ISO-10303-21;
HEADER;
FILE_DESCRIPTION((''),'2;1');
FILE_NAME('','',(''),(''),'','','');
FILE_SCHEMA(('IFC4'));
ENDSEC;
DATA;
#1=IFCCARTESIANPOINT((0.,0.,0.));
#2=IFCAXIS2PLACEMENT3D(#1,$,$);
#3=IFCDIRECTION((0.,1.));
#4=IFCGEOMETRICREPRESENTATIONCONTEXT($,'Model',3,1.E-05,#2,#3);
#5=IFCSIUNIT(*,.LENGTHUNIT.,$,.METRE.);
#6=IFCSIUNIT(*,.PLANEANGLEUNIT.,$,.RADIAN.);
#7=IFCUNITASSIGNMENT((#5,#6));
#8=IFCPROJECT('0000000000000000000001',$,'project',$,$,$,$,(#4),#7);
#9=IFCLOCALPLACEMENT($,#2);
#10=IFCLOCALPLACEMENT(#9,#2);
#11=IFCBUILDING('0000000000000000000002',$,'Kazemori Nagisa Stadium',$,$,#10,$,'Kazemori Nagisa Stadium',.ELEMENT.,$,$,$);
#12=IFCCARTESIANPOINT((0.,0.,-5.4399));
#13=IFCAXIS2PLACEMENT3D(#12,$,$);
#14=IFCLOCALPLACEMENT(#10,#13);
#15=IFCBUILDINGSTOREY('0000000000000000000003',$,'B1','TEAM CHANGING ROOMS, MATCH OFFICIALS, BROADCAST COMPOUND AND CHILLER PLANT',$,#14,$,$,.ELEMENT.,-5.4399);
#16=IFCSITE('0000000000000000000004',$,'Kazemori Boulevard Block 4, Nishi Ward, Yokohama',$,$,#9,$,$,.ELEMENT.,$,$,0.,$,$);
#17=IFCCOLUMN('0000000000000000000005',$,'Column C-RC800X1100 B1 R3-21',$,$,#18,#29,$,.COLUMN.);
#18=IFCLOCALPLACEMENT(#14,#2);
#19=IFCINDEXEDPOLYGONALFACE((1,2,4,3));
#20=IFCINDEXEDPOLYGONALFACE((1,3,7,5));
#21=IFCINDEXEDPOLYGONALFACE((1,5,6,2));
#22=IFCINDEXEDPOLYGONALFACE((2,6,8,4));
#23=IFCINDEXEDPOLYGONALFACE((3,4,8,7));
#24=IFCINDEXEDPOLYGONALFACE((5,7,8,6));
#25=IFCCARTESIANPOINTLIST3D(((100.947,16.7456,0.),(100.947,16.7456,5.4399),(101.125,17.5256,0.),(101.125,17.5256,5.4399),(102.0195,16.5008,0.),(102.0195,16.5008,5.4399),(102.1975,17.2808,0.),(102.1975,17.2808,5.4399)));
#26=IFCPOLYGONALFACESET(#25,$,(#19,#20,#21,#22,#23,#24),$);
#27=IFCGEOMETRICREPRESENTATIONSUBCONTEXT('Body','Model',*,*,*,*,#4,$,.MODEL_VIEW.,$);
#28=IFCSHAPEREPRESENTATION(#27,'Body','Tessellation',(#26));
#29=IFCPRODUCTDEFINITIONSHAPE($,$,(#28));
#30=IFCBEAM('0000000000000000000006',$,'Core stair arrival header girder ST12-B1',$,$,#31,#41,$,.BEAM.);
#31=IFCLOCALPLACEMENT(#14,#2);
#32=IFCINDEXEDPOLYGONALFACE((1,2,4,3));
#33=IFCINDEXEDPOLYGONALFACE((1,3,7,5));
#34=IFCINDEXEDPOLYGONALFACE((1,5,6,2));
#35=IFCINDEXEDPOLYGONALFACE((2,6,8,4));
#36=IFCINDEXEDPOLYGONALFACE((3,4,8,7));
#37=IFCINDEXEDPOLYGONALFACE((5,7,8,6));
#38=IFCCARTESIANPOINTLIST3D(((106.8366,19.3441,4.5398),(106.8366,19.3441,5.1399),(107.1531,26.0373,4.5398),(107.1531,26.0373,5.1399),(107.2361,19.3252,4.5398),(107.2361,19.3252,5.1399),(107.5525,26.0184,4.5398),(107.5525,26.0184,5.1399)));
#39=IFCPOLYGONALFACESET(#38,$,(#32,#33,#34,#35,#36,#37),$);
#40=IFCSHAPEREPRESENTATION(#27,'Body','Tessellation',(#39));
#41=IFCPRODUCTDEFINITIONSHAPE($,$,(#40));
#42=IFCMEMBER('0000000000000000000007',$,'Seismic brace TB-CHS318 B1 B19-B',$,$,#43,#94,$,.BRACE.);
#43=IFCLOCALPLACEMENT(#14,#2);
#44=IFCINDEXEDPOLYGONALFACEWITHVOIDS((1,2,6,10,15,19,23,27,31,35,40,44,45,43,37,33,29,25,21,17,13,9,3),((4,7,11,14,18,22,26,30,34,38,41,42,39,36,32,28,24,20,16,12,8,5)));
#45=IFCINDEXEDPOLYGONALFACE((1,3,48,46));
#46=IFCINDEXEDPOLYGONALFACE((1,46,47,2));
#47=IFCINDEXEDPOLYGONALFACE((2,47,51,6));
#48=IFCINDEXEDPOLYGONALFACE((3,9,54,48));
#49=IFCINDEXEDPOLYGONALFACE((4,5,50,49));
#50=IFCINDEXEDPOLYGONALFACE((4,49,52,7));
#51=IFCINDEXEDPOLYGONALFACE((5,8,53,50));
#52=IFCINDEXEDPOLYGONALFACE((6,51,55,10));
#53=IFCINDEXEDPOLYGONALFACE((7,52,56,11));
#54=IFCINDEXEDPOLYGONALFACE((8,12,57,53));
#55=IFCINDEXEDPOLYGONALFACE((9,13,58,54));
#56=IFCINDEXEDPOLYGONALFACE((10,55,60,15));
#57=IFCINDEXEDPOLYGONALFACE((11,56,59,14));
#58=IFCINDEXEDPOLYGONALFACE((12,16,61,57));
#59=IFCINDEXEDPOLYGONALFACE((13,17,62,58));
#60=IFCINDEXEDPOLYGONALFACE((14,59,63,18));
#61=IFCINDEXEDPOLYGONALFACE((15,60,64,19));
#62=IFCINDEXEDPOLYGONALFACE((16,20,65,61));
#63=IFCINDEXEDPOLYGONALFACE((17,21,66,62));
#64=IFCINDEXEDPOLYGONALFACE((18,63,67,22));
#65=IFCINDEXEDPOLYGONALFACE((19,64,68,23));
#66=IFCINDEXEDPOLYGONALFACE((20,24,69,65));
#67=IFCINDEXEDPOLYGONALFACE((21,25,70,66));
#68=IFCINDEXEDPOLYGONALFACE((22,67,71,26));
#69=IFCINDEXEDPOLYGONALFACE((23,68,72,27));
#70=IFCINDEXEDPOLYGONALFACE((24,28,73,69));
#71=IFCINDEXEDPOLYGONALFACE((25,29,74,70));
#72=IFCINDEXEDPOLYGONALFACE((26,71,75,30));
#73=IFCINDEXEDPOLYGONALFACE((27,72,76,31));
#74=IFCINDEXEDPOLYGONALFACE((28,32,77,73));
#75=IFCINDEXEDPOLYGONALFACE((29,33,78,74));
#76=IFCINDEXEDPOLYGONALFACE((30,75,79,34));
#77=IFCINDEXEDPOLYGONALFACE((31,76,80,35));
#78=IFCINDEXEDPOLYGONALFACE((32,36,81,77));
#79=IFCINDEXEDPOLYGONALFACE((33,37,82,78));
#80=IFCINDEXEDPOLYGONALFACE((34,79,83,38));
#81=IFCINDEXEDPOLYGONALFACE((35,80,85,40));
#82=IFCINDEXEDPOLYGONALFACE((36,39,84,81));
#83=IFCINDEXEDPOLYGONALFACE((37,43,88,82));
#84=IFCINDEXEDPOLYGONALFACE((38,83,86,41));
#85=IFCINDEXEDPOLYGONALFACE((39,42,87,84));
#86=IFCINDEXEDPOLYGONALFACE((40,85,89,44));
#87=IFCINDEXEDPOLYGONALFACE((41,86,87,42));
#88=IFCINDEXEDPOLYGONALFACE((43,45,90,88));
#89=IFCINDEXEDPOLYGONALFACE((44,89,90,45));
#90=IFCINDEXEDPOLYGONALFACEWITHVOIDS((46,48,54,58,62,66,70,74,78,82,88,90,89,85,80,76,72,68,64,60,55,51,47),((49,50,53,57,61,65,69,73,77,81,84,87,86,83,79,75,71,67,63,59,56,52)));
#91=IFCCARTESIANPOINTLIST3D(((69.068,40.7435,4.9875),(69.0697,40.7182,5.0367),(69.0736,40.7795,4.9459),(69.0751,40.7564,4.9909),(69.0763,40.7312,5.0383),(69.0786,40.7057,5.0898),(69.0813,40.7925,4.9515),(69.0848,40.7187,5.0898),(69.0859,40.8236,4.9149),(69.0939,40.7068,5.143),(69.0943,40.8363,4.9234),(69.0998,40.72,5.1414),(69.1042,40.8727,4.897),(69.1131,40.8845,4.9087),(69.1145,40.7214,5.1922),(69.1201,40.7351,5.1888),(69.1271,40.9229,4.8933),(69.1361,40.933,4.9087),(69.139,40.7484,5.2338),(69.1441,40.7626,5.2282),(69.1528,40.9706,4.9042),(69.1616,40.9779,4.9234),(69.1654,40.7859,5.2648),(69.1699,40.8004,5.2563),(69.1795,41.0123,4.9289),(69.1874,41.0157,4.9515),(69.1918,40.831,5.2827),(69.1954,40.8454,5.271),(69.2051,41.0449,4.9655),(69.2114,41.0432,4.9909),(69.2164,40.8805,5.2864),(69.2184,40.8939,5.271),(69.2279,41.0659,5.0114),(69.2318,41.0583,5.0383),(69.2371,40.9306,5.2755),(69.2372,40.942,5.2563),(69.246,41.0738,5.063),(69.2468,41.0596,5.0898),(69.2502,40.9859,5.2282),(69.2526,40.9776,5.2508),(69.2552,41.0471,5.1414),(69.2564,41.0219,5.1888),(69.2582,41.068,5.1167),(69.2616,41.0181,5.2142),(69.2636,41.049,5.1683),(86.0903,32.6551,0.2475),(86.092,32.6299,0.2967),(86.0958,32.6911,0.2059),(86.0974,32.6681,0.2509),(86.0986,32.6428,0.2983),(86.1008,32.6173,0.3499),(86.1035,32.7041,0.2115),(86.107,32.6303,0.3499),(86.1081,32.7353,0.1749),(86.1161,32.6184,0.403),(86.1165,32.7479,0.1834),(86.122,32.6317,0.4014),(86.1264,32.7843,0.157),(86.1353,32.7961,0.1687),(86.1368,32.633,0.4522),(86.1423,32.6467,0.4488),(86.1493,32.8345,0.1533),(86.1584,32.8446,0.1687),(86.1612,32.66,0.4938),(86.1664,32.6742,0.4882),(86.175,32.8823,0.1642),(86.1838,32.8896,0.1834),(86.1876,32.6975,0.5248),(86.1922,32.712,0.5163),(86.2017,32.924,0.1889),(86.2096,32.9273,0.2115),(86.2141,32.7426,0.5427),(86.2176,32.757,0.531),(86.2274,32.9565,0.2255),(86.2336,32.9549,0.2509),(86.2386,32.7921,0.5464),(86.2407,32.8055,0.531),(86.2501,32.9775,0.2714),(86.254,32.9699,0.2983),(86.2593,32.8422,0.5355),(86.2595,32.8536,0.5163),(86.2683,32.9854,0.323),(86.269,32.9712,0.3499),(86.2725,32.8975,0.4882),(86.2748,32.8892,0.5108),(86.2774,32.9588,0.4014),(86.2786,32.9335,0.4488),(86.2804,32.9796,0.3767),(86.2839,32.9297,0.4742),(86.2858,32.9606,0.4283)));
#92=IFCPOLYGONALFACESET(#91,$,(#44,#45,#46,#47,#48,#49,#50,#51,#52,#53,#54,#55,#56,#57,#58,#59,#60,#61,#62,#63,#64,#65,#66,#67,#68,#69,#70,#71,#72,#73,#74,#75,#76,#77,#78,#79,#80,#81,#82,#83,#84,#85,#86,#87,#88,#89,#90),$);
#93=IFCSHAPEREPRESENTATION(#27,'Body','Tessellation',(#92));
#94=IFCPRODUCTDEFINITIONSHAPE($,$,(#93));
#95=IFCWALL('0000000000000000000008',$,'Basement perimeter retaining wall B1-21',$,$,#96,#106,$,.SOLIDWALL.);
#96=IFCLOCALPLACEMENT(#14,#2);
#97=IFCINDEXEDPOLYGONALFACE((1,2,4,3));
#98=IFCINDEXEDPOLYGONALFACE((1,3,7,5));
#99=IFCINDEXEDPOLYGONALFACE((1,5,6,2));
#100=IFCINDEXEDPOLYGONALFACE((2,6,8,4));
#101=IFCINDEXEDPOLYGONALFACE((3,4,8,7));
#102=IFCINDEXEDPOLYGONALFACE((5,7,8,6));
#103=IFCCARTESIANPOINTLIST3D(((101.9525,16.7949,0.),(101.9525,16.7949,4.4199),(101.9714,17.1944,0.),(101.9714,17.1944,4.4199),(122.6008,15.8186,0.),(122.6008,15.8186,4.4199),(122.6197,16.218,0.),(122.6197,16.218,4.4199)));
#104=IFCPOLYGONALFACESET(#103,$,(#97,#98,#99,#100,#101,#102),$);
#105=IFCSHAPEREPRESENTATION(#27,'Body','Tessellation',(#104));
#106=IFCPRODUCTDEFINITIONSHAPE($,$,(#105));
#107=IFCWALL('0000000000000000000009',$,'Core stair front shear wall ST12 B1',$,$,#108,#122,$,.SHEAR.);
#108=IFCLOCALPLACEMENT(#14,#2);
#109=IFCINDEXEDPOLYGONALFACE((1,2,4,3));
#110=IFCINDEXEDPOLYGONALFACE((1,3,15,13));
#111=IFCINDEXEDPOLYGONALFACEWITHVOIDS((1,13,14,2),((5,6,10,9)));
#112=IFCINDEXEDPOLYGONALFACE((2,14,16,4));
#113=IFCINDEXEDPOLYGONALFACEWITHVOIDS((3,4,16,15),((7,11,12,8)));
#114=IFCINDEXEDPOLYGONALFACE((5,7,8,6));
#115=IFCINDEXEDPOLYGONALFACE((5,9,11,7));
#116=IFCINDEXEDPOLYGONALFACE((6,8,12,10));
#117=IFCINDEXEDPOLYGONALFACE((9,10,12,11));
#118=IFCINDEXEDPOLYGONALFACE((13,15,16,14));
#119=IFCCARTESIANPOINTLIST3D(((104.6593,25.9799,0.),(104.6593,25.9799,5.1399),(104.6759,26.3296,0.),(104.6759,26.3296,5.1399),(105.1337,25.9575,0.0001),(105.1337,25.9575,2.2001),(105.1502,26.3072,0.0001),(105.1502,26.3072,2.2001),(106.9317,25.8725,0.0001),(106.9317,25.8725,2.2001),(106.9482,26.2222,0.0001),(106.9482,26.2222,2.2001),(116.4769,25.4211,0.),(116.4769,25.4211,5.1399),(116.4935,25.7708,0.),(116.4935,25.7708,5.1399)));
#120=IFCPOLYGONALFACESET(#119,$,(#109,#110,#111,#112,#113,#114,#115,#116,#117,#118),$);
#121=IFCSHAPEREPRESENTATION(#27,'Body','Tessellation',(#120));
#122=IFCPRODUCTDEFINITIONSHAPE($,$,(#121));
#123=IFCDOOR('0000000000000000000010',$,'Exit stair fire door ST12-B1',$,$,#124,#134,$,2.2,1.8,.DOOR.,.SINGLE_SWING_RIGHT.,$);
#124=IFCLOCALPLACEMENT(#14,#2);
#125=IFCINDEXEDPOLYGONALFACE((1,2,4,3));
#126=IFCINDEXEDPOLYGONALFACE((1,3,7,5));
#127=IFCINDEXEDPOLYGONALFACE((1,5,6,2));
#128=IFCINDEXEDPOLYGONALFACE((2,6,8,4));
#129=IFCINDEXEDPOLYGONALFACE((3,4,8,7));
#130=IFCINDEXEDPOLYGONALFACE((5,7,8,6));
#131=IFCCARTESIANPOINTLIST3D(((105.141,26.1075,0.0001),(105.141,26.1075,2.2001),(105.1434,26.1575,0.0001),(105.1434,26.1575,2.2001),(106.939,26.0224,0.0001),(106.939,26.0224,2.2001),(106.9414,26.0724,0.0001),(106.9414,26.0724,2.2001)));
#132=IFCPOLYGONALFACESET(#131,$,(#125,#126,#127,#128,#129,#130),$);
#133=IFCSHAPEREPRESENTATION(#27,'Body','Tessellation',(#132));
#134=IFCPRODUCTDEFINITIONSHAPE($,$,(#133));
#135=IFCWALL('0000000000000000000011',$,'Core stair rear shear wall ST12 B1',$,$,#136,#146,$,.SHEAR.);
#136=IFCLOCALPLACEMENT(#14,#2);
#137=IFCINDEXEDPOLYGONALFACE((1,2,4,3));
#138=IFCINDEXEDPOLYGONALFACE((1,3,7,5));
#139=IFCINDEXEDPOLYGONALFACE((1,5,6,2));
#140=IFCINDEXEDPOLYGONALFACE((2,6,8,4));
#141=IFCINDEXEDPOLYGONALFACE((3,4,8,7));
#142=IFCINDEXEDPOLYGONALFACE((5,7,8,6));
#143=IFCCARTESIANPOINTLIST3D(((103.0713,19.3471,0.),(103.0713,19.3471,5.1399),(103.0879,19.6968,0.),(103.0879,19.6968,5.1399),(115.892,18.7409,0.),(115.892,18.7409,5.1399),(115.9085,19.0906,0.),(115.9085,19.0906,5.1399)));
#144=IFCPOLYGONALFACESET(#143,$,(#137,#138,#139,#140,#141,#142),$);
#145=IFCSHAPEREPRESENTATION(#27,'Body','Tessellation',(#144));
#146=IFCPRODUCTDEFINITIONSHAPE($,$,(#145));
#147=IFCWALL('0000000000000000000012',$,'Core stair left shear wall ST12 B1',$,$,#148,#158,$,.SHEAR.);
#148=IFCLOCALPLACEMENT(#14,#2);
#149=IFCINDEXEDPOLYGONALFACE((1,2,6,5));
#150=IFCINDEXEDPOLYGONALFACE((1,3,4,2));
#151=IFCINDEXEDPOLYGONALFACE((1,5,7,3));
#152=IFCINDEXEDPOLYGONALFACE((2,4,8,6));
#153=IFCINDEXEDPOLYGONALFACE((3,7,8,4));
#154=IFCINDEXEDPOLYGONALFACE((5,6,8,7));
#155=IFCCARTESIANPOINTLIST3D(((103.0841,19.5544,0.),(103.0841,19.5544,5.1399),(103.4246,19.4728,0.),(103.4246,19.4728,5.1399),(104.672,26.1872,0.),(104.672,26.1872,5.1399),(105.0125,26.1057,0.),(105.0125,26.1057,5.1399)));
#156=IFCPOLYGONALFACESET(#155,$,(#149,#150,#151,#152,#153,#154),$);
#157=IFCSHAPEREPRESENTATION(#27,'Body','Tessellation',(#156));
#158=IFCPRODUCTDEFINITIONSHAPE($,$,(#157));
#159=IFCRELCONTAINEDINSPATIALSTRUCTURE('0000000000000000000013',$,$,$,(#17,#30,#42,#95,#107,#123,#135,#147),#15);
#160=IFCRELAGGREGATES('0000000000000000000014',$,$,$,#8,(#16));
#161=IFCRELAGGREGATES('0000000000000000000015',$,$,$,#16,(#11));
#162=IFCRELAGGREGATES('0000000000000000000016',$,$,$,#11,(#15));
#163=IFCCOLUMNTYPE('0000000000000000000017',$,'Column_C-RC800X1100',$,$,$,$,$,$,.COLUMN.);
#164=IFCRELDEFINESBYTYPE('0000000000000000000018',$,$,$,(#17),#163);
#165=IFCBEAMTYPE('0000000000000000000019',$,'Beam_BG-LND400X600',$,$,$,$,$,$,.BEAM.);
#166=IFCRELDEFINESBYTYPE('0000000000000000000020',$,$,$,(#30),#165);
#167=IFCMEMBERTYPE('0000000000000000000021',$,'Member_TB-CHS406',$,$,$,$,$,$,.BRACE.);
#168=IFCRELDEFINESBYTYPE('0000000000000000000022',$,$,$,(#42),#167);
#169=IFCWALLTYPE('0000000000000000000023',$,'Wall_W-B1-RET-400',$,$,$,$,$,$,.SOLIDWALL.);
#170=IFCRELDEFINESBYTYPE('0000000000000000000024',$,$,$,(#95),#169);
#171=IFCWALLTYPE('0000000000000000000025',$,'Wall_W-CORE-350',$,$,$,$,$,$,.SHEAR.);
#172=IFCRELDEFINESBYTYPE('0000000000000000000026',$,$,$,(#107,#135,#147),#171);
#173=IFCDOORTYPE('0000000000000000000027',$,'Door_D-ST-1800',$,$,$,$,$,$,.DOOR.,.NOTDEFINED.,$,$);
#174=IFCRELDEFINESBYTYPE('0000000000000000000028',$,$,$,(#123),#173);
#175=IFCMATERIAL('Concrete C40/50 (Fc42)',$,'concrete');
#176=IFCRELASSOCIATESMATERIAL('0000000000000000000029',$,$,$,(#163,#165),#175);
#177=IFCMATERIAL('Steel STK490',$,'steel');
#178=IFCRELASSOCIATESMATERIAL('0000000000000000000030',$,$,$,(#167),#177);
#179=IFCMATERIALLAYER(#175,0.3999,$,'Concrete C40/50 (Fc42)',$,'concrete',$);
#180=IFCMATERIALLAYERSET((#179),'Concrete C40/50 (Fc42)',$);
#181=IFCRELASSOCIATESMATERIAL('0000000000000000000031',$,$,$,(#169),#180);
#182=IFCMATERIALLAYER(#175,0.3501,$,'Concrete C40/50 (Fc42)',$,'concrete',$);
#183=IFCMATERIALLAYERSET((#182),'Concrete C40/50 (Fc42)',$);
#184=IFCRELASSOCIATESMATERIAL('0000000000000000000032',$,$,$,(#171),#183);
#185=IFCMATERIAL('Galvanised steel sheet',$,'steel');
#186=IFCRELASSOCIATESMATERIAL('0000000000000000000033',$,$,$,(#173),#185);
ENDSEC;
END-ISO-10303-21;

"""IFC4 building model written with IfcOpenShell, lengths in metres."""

from ifc_helpers import new_model, si_unit, direction, frame, frame_2d, origin, origin_2d, place, context, subcontext, project, spatial, rectangle, hollow_circle, extrude, material, layer, layer_set, material_profile, profile_set, type_object, element, fill, save


model = new_model("IFC4")

# Units and contexts
model_context = context("Model", 3, precision=1e-05, world=origin(), true_north=direction((0.0, 1.0)))
body_context = subcontext(model_context, "Body", "Model", "MODEL_VIEW")
ifc_project = project(units=[si_unit("LENGTHUNIT", "METRE"), si_unit("PLANEANGLEUNIT", "RADIAN")], contexts=[model_context])

# Site, building, storey
site_placement = place(None, origin())
site = spatial("IfcSite", under=ifc_project, at=site_placement, Name="Kazemori Boulevard Block 4, Nishi Ward, Yokohama", CompositionType="ELEMENT", RefElevation=0.0)
building_placement = place(site_placement, origin())
building = spatial("IfcBuilding", under=site, at=building_placement, Name="Kazemori Nagisa Stadium", LongName="Kazemori Nagisa Stadium", CompositionType="ELEMENT")
storey_placement = place(building_placement, frame((0.0, 0.0, -5.4399)))
storey = spatial("IfcBuildingStorey", under=building, at=storey_placement, Name="B1", Description="TEAM CHANGING ROOMS, MATCH OFFICIALS, BROADCAST COMPOUND AND CHILLER PLANT", CompositionType="ELEMENT", Elevation=-5.4399)

# Shared definitions
ifc_material_1 = material(Name="Concrete C40/50 (Fc42)", Category="concrete")

# Column
ifc_material_profile_1 = material_profile(ifc_material_1, rectangle(XDim=0.8, YDim=1.1001, at=origin_2d()), Name="RC-COL-800x1100")
ifc_profile_set_1 = profile_set([ifc_material_profile_1], Name="Concrete C40/50 (Fc42)")
column_type_1 = type_object("IfcColumnType", Name="Column_C-RC800X1100", PredefinedType="COLUMN", material=ifc_profile_set_1)
column_1_placement = place(storey_placement, frame((101.5723, 17.0132, 0.0), z_axis=(0.0, 0.0, 1.0), x_axis=(-0.222521, -0.974928, 0.0)))
element("IfcColumn", 1, at=column_1_placement, inside=storey, type_object=column_type_1, Name="Column C-RC800X1100 B1 R3-21", PredefinedType="COLUMN", context=body_context, shape_type="SweptSolid", body=[
    extrude(rectangle(XDim=0.8, YDim=1.1001, at=origin_2d()), origin(), (0.0, 0.0, 1.0), 5.4399),
])

# Beam
ifc_material_profile_2 = material_profile(ifc_material_1, rectangle(XDim=0.3999, YDim=0.6001, at=origin_2d()), Name="RC-BM-400x600")
ifc_profile_set_2 = profile_set([ifc_material_profile_2], Name="Concrete C40/50 (Fc42)")
beam_type = type_object("IfcBeamType", Name="Beam_BG-LND400X600", PredefinedType="BEAM", material=ifc_profile_set_2)
beam_placement = place(storey_placement, frame((107.3528, 26.0278, 4.8398), z_axis=(-0.047221, -0.998884, 0.0), x_axis=(0.998884, -0.047221, 0.0)))
element("IfcBeam", 2, at=beam_placement, inside=storey, type_object=beam_type, Name="Core stair arrival header girder ST12-B1", PredefinedType="BEAM", context=body_context, shape_type="SweptSolid", body=[
    extrude(rectangle(XDim=0.3999, YDim=0.6001, at=origin_2d()), origin(), (0.0, 0.0, 1.0), 6.7007),
])

# Member
ifc_material_2 = material(Name="Steel STK490", Category="steel")
ifc_material_profile_3 = material_profile(ifc_material_2, hollow_circle(Radius=0.2031, WallThickness=0.0144, at=origin_2d()), Name="CHS-406.4x14.3")
ifc_profile_set_3 = profile_set([ifc_material_profile_3], Name="Steel STK490")
member_type = type_object("IfcMemberType", Name="Member_TB-CHS406", PredefinedType="BRACE", material=ifc_profile_set_3)
member_placement = place(storey_placement, frame((86.188, 32.8008, 0.3499), z_axis=(-0.875939, 0.416217, 0.243913), x_axis=(-0.429179, -0.903219, 0.0)))
element("IfcMember", 3, at=member_placement, inside=storey, type_object=member_type, Name="Seismic brace TB-CHS318 B1 B19-B", PredefinedType="BRACE", context=body_context, shape_type="SweptSolid", body=[
    extrude(hollow_circle(Radius=0.2031, WallThickness=0.0144, at=origin_2d()), origin(), (0.0, 0.0, 1.0), 19.4331),
])

# Wall
ifc_layer_1 = layer(ifc_material_1, 0.3999, Name="Concrete C40/50 (Fc42)", Category="concrete")
ifc_layer_set_1 = layer_set([ifc_layer_1], Name="Concrete C40/50 (Fc42)")
wall_type_1 = type_object("IfcWallType", Name="Wall_W-B1-RET-400", PredefinedType="SOLIDWALL", material=ifc_layer_set_1)
wall_1_placement = place(storey_placement, frame((101.9619, 16.9946, 0.0), z_axis=(0.0, 0.0, 1.0), x_axis=(0.998884, -0.04723, 0.0)))
element("IfcWall", 4, at=wall_1_placement, inside=storey, type_object=wall_type_1, Name="Basement perimeter retaining wall B1-21", PredefinedType="SOLIDWALL", context=body_context, shape_type="SweptSolid", body=[
    extrude(rectangle(XDim=20.6714, YDim=0.3999, at=frame_2d((10.3357, 0.0))), origin(), (0.0, 0.0, 1.0), 4.4199),
])

# Wall, opening, door
ifc_layer_2 = layer(ifc_material_1, 0.3501, Name="Concrete C40/50 (Fc42)", Category="concrete")
ifc_layer_set_2 = layer_set([ifc_layer_2], Name="Concrete C40/50 (Fc42)")
wall_type_2 = type_object("IfcWallType", Name="Wall_W-CORE-350", PredefinedType="SHEAR", material=ifc_layer_set_2)
wall_2_placement = place(storey_placement, frame((104.6675, 26.1548, 0.0), z_axis=(0.0, 0.0, 1.0), x_axis=(0.998884, -0.047236, 0.0)))
wall_2 = element("IfcWall", 5, at=wall_2_placement, inside=storey, type_object=wall_type_2, Name="Core stair front shear wall ST12 B1", PredefinedType="SHEAR", context=body_context, shape_type="SweptSolid", body=[
    extrude(rectangle(XDim=11.8308, YDim=0.3501, at=frame_2d((5.9155, 0.0))), origin(), (0.0, 0.0, 1.0), 5.1399),
])
opening_1_placement = place(wall_2_placement, frame((0.4751, 0.0, 0.0)))
opening_1 = element("IfcOpeningElement", 6, at=opening_1_placement, cuts=wall_2, PredefinedType="OPENING", context=body_context, shape_type="SweptSolid", body=[
    extrude(rectangle(XDim=1.8, YDim=2.2, at=frame_2d((0.8999, 1.1001))), frame((0.0, 0.1851, 0.0), z_axis=(0.0, -1.0, 0.0), x_axis=(1.0, 0.0, 0.0)), (0.0, 0.0, 1.0), 0.3701),
])
ifc_material_3 = material(Name="Galvanised steel sheet", Category="steel")
door_type_1 = type_object("IfcDoorType", Name="Door_D-ST-1800", OperationType="NOTDEFINED", PredefinedType="DOOR", material=ifc_material_3)
door_1_placement = place(opening_1_placement, frame((1.8, 0.0, 0.0), z_axis=(0.0, 0.0, 1.0), x_axis=(-1.0, 0.0, 0.0)))
door_1 = element("IfcDoor", 7, at=door_1_placement, inside=storey, type_object=door_type_1, Name="Exit stair fire door ST12-B1", OperationType="SINGLE_SWING_RIGHT", OverallHeight=2.2, OverallWidth=1.8, PredefinedType="DOOR", context=body_context, shape_type="SweptSolid", body=[
    extrude(rectangle(XDim=1.8, YDim=2.2, at=frame_2d((0.8999, 1.1001))), frame((0.0, 0.0249, 0.0), z_axis=(0.0, -1.0, 0.0), x_axis=(1.0, 0.0, 0.0)), (0.0, 0.0, 1.0), 0.05),
])
fill(opening_1, door_1)

# Walls
wall_3_placement = place(storey_placement, frame((103.0796, 19.522, 0.0), z_axis=(0.0, 0.0, 1.0), x_axis=(0.998884, -0.047231, 0.0)))
element("IfcWall", 8, at=wall_3_placement, inside=storey, type_object=wall_type_2, Name="Core stair rear shear wall ST12 B1", PredefinedType="SHEAR", context=body_context, shape_type="SweptSolid", body=[
    extrude(rectangle(XDim=12.835, YDim=0.3501, at=frame_2d((6.4175, 0.0))), origin(), (0.0, 0.0, 1.0), 5.1399),
])
wall_4_placement = place(storey_placement, frame((104.8423, 26.1465, 0.0), z_axis=(0.0, 0.0, 1.0), x_axis=(-0.232821, -0.97252, 0.0)))
element("IfcWall", 9, at=wall_4_placement, inside=storey, type_object=wall_type_2, Name="Core stair left shear wall ST12 B1", PredefinedType="SHEAR", context=body_context, shape_type="SweptSolid", body=[
    extrude(rectangle(XDim=6.8203, YDim=0.3501, at=frame_2d((3.4102, 0.0))), origin(), (0.0, 0.0, 1.0), 5.1399),
])

save(model, "model.ifc")
